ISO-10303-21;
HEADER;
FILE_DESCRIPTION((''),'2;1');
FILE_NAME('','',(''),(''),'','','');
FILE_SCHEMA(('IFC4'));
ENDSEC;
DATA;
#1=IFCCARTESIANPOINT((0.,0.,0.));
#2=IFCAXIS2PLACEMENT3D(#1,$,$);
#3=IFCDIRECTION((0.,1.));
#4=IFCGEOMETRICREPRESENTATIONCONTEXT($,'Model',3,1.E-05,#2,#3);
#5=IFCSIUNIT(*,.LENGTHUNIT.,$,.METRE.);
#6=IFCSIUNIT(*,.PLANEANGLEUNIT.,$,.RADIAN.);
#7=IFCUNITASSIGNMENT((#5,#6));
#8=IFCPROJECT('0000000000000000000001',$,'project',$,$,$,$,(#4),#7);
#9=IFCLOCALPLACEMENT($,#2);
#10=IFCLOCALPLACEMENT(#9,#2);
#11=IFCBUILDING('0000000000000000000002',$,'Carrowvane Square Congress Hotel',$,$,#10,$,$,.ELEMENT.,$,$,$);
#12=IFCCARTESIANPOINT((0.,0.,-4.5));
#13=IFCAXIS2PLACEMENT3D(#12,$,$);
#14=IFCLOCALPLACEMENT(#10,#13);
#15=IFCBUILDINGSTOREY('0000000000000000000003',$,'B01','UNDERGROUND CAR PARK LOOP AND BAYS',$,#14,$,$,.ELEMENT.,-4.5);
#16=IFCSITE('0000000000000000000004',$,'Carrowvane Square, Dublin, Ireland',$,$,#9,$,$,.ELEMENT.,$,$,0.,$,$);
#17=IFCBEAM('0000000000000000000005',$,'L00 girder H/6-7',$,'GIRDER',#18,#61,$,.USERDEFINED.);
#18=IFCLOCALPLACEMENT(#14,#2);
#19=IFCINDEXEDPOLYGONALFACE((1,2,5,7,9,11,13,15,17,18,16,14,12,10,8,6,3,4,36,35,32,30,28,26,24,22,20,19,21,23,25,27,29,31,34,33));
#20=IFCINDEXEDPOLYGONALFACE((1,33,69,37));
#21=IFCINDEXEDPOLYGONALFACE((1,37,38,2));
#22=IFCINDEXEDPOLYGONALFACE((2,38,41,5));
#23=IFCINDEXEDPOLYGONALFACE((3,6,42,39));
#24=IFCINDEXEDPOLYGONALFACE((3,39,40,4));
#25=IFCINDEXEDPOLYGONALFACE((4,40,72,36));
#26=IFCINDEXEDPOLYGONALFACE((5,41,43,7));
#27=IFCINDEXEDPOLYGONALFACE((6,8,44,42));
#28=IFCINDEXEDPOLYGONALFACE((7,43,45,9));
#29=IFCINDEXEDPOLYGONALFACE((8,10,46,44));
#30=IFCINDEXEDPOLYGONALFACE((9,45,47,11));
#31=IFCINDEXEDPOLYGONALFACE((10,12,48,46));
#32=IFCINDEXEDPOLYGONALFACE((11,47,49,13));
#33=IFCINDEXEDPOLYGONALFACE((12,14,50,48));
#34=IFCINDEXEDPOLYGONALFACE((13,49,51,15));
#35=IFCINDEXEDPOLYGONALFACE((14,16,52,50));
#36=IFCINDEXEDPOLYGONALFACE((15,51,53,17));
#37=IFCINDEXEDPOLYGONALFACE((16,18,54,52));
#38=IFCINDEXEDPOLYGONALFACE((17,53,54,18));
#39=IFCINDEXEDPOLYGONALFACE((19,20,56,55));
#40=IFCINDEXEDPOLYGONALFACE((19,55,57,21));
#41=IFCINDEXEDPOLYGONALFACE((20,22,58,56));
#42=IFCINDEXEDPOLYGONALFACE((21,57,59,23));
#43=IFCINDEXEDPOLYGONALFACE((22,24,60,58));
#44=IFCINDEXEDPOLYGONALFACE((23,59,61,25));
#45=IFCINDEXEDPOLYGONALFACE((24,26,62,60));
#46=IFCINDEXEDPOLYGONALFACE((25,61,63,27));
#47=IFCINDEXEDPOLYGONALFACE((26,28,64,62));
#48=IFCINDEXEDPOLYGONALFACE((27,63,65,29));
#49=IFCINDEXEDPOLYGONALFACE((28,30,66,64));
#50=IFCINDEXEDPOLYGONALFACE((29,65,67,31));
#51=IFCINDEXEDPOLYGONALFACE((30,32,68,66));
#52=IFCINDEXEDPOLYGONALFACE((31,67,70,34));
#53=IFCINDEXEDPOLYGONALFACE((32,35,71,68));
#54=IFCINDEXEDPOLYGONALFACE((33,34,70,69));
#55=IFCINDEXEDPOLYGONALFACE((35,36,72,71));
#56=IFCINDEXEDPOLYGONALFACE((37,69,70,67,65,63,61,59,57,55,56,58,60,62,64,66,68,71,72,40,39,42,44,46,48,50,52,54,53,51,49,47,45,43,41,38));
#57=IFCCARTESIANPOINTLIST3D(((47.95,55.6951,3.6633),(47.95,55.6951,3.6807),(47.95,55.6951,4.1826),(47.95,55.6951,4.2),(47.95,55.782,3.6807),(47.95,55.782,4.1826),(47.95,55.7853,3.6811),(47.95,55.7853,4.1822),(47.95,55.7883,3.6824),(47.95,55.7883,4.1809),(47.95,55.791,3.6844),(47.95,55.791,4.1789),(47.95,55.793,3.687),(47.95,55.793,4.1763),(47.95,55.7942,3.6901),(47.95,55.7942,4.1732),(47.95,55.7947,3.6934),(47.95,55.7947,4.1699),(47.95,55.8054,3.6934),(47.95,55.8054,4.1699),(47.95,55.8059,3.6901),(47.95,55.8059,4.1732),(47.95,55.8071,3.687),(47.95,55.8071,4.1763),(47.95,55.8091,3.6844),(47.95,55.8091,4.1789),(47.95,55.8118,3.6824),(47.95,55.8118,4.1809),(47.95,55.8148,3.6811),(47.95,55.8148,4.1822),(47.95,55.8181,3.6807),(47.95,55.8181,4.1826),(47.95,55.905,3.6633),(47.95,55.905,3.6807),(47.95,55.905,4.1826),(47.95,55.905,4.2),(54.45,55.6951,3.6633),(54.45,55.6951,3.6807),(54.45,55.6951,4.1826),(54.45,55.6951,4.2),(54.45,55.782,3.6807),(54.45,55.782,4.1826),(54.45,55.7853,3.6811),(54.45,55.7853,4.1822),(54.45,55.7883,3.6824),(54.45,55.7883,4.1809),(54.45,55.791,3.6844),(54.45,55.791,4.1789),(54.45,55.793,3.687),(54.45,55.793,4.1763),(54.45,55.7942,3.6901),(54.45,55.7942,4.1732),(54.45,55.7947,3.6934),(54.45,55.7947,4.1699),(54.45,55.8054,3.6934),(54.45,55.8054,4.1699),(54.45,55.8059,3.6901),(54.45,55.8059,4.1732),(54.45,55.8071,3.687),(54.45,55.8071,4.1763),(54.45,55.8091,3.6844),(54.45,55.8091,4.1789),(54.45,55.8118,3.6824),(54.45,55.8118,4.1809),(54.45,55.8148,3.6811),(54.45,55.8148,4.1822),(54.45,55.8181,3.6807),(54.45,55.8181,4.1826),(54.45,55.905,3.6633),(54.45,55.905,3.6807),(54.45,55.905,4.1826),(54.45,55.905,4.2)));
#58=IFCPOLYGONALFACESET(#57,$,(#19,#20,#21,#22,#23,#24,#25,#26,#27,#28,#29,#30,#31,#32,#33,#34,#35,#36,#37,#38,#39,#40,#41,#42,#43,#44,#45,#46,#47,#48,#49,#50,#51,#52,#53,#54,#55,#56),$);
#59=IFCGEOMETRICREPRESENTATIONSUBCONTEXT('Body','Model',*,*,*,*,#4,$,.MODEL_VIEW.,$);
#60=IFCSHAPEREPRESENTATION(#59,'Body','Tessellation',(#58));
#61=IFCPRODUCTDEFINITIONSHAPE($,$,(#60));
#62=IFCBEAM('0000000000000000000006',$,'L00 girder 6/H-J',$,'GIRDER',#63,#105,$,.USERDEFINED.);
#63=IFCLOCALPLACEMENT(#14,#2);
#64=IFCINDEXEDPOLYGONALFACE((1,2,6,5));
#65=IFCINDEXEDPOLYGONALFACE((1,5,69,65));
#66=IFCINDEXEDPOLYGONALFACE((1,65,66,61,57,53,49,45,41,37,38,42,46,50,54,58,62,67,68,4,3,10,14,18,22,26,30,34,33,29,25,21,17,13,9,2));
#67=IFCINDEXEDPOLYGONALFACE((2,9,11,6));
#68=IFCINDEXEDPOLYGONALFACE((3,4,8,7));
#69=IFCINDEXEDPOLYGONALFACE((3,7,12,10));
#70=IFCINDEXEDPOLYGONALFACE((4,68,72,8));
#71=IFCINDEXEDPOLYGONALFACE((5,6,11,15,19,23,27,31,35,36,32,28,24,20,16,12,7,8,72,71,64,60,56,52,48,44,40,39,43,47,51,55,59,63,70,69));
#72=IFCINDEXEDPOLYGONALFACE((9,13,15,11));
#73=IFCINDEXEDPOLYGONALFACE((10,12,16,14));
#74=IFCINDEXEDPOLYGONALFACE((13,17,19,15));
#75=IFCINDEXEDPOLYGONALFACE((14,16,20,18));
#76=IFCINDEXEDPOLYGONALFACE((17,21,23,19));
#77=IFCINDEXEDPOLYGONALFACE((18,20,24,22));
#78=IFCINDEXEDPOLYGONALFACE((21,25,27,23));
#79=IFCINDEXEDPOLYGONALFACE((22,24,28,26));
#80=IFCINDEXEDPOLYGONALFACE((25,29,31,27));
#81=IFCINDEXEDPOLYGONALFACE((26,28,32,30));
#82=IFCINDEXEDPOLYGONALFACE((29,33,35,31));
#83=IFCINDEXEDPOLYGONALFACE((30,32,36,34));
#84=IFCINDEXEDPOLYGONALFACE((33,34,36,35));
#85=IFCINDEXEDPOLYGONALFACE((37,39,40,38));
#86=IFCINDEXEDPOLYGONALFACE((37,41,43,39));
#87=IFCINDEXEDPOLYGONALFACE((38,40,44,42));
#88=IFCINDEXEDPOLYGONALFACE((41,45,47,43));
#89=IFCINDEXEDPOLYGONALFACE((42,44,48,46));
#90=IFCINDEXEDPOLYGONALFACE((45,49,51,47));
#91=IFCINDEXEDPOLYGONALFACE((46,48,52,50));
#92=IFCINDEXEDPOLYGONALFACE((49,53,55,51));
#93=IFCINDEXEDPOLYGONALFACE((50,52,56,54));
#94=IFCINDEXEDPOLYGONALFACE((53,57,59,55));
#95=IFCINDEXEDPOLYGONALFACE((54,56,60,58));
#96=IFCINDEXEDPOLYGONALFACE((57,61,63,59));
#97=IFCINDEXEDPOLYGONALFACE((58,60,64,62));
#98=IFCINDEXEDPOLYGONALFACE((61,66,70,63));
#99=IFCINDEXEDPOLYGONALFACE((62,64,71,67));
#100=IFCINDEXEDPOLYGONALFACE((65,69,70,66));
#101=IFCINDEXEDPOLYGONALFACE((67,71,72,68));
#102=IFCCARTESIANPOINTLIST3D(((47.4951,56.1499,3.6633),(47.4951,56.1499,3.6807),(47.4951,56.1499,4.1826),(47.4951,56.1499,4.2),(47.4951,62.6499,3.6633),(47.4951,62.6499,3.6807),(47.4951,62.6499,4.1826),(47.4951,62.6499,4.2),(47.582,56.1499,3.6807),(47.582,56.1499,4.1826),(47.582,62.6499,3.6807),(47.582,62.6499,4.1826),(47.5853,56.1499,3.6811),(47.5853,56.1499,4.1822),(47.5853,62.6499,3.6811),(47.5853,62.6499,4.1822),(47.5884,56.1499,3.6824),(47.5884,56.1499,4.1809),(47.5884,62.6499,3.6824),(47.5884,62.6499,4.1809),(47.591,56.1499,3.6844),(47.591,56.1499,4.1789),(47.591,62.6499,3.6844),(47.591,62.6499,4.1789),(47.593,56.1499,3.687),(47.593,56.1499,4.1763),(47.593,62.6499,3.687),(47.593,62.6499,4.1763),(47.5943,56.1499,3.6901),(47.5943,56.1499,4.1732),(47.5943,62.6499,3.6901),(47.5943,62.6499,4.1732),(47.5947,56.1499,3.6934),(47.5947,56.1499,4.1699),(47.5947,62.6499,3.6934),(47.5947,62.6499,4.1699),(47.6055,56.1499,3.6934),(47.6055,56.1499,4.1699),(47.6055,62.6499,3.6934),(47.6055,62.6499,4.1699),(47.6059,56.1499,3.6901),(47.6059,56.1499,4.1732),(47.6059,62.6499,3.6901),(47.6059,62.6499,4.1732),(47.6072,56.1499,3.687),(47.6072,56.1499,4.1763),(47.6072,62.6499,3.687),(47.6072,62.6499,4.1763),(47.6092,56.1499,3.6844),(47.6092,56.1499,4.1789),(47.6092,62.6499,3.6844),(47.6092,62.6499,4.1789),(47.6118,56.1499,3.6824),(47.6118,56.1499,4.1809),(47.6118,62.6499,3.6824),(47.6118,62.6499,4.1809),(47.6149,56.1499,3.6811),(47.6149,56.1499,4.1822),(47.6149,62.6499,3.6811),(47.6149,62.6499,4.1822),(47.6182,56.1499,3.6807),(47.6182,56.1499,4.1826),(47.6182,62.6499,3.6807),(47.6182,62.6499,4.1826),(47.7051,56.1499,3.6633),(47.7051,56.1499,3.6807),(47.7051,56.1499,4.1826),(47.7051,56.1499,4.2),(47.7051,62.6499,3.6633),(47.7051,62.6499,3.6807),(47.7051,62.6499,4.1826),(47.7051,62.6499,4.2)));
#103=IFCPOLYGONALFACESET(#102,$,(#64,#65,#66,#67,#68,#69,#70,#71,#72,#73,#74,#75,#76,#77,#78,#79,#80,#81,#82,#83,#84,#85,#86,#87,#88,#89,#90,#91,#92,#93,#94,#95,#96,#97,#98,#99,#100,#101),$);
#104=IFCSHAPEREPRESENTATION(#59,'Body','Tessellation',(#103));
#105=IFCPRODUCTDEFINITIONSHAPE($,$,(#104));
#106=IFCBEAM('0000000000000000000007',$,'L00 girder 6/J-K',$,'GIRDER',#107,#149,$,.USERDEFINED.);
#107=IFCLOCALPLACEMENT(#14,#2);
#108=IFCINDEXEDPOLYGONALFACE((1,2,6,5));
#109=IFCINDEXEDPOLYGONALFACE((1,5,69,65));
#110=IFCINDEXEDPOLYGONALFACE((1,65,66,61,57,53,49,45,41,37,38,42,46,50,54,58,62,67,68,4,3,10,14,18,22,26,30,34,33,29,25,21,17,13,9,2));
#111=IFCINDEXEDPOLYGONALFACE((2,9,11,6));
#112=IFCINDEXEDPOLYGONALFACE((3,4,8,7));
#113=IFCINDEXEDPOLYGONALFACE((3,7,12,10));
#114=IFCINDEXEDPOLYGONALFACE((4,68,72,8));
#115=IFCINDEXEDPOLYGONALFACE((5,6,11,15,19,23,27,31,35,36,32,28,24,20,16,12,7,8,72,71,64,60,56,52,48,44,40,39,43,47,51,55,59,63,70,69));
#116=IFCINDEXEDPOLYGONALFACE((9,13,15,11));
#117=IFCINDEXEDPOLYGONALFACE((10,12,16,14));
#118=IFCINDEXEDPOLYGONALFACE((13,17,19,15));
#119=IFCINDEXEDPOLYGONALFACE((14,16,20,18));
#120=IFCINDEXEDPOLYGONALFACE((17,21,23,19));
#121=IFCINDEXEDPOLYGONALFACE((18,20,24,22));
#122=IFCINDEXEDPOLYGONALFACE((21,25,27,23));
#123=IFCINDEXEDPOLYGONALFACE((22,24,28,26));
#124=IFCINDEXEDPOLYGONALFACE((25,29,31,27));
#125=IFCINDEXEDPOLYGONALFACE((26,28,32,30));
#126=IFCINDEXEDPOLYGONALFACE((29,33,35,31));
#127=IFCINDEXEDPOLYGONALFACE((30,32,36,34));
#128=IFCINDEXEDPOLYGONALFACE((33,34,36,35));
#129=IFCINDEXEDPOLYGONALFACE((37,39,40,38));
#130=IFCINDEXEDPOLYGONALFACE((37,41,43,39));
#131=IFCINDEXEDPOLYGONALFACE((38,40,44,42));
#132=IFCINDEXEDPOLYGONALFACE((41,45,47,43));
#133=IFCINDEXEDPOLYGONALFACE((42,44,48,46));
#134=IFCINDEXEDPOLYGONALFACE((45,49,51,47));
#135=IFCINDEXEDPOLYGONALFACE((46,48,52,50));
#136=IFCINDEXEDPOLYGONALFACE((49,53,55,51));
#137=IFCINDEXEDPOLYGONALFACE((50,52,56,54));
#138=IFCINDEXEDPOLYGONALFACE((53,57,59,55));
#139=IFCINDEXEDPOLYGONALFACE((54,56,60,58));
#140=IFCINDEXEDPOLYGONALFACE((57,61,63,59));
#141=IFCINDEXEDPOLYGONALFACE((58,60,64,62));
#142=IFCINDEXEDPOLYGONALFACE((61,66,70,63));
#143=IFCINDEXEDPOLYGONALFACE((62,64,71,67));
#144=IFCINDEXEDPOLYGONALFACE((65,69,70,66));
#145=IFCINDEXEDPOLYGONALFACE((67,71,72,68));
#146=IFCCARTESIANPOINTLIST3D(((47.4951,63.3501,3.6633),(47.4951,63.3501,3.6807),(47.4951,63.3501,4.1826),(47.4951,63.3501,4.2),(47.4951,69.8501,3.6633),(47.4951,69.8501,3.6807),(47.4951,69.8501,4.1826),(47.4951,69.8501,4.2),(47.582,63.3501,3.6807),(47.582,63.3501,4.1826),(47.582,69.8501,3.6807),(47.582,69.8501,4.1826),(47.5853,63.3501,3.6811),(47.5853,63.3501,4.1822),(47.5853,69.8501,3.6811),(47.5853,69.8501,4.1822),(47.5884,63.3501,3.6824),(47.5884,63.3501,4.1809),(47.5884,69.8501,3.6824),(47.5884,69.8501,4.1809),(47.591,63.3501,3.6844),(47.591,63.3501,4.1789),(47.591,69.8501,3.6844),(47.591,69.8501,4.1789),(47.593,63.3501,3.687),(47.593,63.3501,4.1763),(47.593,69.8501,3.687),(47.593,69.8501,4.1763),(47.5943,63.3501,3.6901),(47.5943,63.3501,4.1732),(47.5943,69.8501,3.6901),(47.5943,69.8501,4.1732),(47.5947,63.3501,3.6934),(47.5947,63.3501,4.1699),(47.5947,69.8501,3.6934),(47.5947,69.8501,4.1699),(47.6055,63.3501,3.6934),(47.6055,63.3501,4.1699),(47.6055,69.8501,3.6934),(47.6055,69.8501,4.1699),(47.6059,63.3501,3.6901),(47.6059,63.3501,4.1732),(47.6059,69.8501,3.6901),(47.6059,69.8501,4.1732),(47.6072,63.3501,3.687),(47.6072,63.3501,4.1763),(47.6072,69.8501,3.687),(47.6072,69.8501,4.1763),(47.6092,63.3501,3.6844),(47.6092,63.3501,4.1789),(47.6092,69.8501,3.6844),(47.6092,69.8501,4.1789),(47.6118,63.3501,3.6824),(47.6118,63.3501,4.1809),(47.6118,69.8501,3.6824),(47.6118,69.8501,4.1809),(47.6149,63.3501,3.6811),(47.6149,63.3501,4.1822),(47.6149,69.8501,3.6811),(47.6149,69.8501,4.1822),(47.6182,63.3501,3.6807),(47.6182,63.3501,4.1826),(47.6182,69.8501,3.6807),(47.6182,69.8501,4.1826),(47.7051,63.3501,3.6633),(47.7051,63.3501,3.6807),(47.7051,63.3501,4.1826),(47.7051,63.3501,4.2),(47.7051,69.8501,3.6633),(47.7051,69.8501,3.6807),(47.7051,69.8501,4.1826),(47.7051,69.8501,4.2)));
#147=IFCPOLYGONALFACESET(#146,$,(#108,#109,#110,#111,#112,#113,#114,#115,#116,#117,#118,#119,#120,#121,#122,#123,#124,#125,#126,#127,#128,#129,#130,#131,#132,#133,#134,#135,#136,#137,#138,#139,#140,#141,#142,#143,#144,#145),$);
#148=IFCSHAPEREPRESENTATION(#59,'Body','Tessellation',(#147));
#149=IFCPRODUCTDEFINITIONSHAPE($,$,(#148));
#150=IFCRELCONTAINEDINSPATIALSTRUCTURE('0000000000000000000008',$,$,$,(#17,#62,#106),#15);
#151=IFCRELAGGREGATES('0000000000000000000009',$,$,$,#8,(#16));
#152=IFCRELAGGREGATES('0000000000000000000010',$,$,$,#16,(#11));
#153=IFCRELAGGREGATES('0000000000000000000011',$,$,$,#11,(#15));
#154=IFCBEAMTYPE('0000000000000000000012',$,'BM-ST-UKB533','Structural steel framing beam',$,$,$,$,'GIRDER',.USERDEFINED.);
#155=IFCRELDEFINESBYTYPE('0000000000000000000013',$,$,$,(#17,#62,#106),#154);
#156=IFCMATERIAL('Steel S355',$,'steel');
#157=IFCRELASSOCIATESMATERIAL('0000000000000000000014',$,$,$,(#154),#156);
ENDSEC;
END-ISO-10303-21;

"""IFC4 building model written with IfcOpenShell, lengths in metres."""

from ifc_helpers import new_model, si_unit, direction, frame, origin, origin_2d, place, context, subcontext, project, spatial, i_section, extrude, material, material_profile, profile_set, type_object, element, save


model = new_model("IFC4")

# Units and contexts
model_context = context("Model", 3, precision=1e-05, world=origin(), true_north=direction((0.0, 1.0)))
body_context = subcontext(model_context, "Body", "Model", "MODEL_VIEW")
ifc_project = project(units=[si_unit("LENGTHUNIT", "METRE"), si_unit("PLANEANGLEUNIT", "RADIAN")], contexts=[model_context])

# Site, building, storey
site_placement = place(None, origin())
site = spatial("IfcSite", under=ifc_project, at=site_placement, Name="Carrowvane Square, Dublin, Ireland", CompositionType="ELEMENT", RefElevation=0.0)
building_placement = place(site_placement, origin())
building = spatial("IfcBuilding", under=site, at=building_placement, Name="Carrowvane Square Congress Hotel", CompositionType="ELEMENT")
storey_placement = place(building_placement, frame((0.0, 0.0, -4.5)))
storey = spatial("IfcBuildingStorey", under=building, at=storey_placement, Name="B01", Description="UNDERGROUND CAR PARK LOOP AND BAYS", CompositionType="ELEMENT", Elevation=-4.5)

# Beams
ifc_material_1 = material(Name="Steel S355", Category="steel")
ifc_material_profile_1 = material_profile(ifc_material_1, i_section(OverallWidth=0.21, OverallDepth=0.5366, WebThickness=0.0107, FlangeThickness=0.0173, FilletRadius=0.0127, at=origin_2d()), Name="UKB 533x210x101")
ifc_profile_set_1 = profile_set([ifc_material_profile_1], Name="Steel S355")
beam_type_1 = type_object("IfcBeamType", Name="BM-ST-UKB533", Description="Structural steel framing beam", ElementType="GIRDER", PredefinedType="USERDEFINED", material=ifc_profile_set_1)
for number, where, z_axis, x_axis, name in (
    (1, (47.95, 55.8, 3.9316), (1.0, 0.0, 0.0), (0.0, 1.0, 0.0), "L00 girder H/6-7"),
    (2, (47.6001, 56.1499, 3.9316), (0.0, 1.0, 0.0), (-1.0, 0.0, 0.0), "L00 girder 6/H-J"),
    (3, (47.6001, 63.3501, 3.9316), (0.0, 1.0, 0.0), (-1.0, 0.0, 0.0), "L00 girder 6/J-K"),
):
    element("IfcBeam", number, at=place(storey_placement, frame(where, z_axis=z_axis, x_axis=x_axis)), inside=storey, type_object=beam_type_1, Name=name, ObjectType="GIRDER", PredefinedType="USERDEFINED", context=body_context, shape_type="SweptSolid", body=[
        extrude(i_section(OverallWidth=0.21, OverallDepth=0.5366, WebThickness=0.0107, FlangeThickness=0.0173, FilletRadius=0.0127, at=origin_2d()), origin(), (0.0, 0.0, 1.0), 6.5),
    ])

save(model, "model.ifc")
